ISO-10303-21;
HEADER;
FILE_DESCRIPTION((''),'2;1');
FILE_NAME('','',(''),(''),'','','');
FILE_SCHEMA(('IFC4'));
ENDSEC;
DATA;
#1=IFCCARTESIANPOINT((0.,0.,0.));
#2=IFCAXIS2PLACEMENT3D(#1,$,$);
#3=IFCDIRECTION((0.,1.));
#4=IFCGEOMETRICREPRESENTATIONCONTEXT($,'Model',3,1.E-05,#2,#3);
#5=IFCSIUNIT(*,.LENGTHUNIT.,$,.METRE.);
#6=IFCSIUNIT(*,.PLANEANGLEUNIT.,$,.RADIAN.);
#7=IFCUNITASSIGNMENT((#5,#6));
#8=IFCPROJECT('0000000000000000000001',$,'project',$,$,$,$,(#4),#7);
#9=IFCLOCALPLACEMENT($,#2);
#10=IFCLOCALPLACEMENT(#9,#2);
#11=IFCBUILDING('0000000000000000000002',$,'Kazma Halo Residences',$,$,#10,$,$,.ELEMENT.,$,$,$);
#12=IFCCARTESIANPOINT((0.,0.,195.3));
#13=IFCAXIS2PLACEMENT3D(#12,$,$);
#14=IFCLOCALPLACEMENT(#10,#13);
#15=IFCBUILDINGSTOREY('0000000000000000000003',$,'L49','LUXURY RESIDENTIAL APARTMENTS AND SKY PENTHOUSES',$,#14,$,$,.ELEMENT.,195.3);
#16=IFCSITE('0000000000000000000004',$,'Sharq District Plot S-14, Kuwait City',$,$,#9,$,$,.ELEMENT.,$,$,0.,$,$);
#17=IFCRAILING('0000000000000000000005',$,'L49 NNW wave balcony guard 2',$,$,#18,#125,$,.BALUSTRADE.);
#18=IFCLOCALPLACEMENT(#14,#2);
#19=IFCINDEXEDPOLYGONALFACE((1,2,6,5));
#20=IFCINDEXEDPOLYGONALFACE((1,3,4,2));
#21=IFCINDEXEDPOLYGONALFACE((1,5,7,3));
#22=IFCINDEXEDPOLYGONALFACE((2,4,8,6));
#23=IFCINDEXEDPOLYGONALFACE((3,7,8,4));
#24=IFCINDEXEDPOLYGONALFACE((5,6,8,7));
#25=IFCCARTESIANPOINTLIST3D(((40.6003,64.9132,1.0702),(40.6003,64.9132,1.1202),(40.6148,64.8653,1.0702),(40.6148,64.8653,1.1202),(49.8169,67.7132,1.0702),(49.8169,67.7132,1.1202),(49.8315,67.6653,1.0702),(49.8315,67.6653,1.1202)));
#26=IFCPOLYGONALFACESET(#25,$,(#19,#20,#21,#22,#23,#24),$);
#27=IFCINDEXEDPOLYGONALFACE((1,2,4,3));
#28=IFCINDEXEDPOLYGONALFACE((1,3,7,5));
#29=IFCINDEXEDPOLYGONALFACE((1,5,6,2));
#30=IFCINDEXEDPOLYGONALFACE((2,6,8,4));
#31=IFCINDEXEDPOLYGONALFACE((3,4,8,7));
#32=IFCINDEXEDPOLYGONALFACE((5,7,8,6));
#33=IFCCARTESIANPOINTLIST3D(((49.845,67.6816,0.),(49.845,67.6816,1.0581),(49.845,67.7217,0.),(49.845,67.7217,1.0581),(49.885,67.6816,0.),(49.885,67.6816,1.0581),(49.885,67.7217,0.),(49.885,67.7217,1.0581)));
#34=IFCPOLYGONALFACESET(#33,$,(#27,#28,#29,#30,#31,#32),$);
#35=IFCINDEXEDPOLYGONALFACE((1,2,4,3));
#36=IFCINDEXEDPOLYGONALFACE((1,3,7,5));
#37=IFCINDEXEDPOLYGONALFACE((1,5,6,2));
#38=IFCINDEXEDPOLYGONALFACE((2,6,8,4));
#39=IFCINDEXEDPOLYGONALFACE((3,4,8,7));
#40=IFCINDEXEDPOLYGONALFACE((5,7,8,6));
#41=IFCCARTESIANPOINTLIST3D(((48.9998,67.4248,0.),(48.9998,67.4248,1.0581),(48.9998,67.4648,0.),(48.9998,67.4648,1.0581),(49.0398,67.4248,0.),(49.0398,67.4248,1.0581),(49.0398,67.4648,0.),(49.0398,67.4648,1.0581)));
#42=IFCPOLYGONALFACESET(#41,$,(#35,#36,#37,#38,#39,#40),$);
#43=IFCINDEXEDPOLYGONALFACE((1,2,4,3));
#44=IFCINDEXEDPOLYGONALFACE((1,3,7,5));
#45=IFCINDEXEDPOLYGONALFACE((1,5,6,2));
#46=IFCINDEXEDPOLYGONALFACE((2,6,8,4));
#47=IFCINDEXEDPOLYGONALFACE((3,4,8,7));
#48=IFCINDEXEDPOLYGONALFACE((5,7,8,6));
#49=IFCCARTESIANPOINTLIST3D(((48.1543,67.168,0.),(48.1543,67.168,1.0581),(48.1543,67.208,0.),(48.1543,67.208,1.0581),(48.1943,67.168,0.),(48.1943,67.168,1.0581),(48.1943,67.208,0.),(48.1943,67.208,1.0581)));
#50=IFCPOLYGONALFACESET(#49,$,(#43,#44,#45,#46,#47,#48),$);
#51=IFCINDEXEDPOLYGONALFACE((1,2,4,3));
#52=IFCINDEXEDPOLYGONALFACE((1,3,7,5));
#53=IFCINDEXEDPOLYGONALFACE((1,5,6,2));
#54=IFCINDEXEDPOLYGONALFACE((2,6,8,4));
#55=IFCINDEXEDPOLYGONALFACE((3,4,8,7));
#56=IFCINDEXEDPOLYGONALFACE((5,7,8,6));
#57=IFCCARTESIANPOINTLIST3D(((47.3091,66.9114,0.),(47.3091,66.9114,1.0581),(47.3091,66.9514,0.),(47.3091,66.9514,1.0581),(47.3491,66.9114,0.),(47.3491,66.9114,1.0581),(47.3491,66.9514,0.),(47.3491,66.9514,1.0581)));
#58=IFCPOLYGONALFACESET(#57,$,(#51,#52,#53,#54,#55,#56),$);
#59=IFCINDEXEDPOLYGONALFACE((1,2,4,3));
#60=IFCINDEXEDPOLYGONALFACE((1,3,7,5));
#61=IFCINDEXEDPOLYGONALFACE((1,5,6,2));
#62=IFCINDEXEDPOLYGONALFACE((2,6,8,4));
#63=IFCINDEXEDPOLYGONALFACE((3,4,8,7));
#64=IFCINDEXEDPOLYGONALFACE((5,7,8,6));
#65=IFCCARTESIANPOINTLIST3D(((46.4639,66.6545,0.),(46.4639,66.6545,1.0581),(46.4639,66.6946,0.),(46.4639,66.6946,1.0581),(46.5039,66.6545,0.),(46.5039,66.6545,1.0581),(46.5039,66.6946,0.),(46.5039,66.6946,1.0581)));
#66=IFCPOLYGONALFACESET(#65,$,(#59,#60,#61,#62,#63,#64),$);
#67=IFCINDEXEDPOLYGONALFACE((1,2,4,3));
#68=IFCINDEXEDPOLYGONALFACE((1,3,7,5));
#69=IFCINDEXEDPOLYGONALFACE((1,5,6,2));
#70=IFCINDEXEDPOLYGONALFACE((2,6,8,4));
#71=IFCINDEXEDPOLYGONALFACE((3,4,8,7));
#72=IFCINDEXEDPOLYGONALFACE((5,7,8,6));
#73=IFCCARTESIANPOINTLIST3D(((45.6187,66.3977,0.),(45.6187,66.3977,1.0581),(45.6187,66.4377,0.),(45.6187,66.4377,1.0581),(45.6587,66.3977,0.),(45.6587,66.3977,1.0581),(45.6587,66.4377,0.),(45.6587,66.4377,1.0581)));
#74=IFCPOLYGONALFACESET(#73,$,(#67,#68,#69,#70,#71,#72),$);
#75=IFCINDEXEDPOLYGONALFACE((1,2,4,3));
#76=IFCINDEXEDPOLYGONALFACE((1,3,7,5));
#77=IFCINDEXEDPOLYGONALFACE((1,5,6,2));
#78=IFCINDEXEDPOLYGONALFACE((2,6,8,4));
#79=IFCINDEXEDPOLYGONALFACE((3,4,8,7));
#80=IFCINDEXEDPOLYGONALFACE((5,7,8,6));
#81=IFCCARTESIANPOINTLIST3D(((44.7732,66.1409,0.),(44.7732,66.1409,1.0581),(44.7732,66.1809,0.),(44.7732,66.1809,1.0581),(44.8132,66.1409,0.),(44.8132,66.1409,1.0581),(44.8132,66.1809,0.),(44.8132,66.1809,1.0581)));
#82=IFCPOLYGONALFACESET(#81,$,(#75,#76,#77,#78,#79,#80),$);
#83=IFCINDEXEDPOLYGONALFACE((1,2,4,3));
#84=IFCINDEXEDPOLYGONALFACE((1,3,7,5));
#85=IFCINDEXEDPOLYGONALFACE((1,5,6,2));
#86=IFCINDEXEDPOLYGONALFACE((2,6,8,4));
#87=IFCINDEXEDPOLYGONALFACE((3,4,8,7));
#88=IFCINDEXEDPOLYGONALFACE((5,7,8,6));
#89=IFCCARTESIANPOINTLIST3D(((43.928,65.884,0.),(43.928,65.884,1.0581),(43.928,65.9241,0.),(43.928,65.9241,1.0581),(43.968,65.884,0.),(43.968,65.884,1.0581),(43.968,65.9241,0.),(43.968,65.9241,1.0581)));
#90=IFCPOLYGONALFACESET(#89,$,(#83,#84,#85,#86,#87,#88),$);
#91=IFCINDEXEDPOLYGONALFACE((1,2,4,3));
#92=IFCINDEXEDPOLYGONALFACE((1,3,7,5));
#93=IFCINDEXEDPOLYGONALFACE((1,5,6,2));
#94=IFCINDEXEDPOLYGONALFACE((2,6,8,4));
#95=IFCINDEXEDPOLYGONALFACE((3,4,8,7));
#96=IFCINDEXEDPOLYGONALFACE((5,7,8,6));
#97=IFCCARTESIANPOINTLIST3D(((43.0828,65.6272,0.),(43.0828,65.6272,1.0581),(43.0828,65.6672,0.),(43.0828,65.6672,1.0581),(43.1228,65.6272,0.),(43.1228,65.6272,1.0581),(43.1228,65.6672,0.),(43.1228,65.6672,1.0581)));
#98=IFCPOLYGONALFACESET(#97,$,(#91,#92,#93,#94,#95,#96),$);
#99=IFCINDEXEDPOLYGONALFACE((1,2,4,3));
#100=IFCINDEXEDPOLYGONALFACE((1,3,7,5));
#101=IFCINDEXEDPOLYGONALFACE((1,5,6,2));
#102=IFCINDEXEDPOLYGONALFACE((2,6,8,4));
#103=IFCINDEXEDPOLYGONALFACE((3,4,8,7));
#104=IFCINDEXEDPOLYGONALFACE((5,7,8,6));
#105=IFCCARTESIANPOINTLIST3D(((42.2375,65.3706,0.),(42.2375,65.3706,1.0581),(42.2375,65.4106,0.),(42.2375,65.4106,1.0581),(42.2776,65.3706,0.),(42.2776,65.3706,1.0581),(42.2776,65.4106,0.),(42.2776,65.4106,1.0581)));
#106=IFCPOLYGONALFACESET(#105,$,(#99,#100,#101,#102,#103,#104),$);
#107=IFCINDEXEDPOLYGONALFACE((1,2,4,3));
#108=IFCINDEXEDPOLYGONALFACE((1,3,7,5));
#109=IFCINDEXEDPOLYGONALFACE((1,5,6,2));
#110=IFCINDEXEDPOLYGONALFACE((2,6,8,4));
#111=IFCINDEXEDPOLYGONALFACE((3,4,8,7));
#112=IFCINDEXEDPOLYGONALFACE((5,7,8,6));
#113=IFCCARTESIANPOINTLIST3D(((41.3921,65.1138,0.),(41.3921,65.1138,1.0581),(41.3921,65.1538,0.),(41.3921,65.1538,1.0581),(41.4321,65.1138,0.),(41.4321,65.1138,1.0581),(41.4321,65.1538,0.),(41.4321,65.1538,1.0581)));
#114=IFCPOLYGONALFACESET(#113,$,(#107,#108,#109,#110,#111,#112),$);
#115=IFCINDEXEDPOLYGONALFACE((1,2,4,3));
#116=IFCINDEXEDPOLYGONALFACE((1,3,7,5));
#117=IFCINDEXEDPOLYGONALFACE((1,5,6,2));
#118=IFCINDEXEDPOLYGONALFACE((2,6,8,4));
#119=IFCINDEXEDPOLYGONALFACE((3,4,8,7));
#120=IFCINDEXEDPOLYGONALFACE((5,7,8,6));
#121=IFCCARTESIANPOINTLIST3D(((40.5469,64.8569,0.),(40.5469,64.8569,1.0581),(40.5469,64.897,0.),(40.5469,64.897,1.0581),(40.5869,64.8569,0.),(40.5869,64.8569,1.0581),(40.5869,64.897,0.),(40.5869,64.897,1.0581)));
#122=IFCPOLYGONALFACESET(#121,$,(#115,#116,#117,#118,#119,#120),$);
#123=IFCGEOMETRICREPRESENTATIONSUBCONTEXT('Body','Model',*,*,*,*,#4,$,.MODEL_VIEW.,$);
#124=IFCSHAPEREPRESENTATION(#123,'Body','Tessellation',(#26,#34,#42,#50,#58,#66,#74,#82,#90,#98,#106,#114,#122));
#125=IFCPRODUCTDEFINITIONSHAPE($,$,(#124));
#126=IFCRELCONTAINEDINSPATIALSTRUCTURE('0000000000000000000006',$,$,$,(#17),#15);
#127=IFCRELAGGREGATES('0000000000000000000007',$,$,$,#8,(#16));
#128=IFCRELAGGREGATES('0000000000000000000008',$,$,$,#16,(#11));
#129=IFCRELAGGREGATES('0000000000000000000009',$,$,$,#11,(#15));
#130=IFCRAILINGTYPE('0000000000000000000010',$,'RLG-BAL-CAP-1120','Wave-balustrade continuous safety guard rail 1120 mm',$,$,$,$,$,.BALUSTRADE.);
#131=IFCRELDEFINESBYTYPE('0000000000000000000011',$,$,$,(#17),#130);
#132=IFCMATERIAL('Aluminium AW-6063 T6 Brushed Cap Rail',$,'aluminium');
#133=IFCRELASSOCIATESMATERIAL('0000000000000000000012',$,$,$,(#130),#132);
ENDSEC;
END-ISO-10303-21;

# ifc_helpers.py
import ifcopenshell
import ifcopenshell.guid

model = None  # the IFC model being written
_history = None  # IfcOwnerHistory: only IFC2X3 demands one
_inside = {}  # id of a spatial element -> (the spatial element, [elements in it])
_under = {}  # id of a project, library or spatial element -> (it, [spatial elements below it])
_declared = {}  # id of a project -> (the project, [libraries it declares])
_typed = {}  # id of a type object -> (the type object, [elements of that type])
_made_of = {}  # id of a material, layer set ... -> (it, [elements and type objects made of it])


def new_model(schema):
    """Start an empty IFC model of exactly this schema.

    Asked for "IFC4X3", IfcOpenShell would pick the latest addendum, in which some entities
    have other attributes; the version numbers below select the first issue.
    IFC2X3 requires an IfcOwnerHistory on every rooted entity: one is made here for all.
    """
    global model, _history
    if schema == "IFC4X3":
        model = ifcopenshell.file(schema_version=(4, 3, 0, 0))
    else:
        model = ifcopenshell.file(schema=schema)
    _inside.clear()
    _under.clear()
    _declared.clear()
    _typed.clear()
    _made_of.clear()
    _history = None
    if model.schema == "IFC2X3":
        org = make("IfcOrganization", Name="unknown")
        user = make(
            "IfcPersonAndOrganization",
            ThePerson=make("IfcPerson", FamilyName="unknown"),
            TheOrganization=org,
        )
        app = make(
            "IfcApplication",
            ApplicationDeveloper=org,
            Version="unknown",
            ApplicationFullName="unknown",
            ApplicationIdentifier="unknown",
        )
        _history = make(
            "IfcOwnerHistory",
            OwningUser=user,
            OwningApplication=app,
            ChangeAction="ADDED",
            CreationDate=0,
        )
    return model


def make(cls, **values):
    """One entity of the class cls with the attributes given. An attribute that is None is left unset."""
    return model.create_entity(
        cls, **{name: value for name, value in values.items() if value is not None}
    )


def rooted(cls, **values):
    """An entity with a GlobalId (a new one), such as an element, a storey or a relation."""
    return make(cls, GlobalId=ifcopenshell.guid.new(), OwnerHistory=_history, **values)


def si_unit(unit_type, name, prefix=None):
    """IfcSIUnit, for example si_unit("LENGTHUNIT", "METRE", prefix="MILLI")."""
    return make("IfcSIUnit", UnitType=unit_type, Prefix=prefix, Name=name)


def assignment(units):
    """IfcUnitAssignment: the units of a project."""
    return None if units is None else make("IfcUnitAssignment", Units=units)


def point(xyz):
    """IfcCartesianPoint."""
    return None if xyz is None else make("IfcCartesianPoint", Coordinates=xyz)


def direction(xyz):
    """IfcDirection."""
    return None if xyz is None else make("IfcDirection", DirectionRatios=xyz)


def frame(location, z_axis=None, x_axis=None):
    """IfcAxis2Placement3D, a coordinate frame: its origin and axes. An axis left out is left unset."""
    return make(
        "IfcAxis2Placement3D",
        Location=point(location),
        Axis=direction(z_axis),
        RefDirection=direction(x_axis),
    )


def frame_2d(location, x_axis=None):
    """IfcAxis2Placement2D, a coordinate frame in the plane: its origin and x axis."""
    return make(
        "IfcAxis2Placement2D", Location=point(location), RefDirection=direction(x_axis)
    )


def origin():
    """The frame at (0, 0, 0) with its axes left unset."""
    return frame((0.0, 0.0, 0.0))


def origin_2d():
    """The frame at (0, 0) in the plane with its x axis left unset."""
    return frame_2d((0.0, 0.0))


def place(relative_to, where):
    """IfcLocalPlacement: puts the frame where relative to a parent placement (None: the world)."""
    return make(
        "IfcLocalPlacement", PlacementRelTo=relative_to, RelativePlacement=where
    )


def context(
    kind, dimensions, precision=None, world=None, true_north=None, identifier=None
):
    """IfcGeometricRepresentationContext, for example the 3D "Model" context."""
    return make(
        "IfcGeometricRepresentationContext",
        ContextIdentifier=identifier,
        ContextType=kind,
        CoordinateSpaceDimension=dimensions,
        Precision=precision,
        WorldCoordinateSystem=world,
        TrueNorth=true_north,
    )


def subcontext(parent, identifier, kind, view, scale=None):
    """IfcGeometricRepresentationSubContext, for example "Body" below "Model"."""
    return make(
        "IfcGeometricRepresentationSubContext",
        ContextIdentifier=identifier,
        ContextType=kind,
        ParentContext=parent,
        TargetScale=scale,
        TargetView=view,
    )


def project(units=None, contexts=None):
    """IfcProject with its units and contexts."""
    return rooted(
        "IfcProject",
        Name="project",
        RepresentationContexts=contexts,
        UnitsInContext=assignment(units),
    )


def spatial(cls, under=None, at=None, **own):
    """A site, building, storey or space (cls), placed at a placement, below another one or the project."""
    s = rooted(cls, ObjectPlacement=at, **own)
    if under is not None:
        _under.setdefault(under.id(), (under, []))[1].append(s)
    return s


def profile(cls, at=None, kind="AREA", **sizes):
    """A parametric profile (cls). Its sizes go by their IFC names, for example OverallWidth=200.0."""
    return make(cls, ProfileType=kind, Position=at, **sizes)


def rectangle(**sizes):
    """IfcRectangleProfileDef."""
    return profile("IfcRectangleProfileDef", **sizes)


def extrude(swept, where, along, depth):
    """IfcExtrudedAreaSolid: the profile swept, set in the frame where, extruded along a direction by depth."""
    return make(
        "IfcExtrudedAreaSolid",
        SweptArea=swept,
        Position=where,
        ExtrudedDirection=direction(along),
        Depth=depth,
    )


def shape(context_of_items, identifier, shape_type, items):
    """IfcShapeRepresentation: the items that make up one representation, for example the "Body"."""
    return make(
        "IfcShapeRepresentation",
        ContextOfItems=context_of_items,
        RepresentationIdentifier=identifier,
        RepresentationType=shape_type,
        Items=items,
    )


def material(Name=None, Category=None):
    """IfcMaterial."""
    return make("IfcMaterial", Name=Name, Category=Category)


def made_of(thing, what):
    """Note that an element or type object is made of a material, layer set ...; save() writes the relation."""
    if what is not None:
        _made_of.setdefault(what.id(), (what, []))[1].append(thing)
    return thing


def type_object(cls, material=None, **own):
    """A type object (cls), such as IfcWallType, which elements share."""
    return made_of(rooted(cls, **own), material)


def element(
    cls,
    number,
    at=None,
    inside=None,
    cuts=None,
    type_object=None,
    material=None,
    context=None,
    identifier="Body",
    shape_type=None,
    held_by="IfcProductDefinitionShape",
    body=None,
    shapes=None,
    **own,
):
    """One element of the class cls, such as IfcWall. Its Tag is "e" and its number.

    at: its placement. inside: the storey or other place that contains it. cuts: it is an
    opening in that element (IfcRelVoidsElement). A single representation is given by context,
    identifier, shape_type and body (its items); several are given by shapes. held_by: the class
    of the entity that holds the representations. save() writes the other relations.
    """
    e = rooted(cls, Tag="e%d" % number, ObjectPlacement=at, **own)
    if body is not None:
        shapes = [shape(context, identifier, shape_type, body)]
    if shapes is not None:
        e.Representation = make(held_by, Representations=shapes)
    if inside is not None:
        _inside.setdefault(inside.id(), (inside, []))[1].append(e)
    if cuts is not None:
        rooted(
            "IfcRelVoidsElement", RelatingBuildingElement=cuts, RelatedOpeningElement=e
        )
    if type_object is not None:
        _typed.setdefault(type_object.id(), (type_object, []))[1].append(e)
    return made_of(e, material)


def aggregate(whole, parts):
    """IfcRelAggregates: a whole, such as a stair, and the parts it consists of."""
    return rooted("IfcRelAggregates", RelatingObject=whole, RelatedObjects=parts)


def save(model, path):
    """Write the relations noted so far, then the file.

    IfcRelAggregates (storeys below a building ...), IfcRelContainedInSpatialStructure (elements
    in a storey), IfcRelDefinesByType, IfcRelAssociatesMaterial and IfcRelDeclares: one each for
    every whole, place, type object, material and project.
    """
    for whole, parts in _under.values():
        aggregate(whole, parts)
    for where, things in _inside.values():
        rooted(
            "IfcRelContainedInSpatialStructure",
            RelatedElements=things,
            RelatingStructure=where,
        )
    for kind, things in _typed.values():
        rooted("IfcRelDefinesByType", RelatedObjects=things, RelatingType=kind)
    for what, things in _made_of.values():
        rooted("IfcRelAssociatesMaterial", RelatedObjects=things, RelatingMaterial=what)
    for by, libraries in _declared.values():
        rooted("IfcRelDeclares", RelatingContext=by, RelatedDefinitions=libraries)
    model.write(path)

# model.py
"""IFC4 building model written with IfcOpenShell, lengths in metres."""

from ifc_helpers import new_model, si_unit, direction, frame, origin, origin_2d, place, context, subcontext, project, spatial, rectangle, extrude, material, type_object, element, save


model = new_model("IFC4")

# Units and contexts
model_context = context("Model", 3, precision=1e-05, world=origin(), true_north=direction((0.0, 1.0)))
body_context = subcontext(model_context, "Body", "Model", "MODEL_VIEW")
ifc_project = project(units=[si_unit("LENGTHUNIT", "METRE"), si_unit("PLANEANGLEUNIT", "RADIAN")], contexts=[model_context])

# Site, building, storey
site_placement = place(None, origin())
site = spatial("IfcSite", under=ifc_project, at=site_placement, Name="Sharq District Plot S-14, Kuwait City", CompositionType="ELEMENT", RefElevation=0.0)
building_placement = place(site_placement, origin())
building = spatial("IfcBuilding", under=site, at=building_placement, Name="Kazma Halo Residences", CompositionType="ELEMENT")
storey_placement = place(building_placement, frame((0.0, 0.0, 195.3)))
storey = spatial("IfcBuildingStorey", under=building, at=storey_placement, Name="L49", Description="LUXURY RESIDENTIAL APARTMENTS AND SKY PENTHOUSES", CompositionType="ELEMENT", Elevation=195.3)

# Railing
ifc_material_1 = material(Name="Aluminium AW-6063 T6 Brushed Cap Rail", Category="aluminium")
railing_type = type_object("IfcRailingType", Name="RLG-BAL-CAP-1120", Description="Wave-balustrade continuous safety guard rail 1120 mm", PredefinedType="BALUSTRADE", material=ifc_material_1)
railing_1_placement = place(storey_placement, frame((49.865, 67.7017, 0.0)))
element("IfcRailing", 1, at=railing_1_placement, inside=storey, type_object=railing_type, Name="L49 NNW wave balcony guard 2", PredefinedType="BALUSTRADE", context=body_context, shape_type="SweptSolid", body=[
    extrude(rectangle(XDim=0.05, YDim=0.05, at=origin_2d()), frame((-0.0408, -0.0125, 1.0952), z_axis=(-0.956821, -0.290677, 0.0), x_axis=(0.290677, -0.956821, 0.0)), (0.0, 0.0, 1.0), 9.6326),
    extrude(rectangle(XDim=0.04, YDim=0.04, at=origin_2d()), origin(), (0.0, 0.0, 1.0), 1.0581),
    extrude(rectangle(XDim=0.04, YDim=0.04, at=origin_2d()), frame((-0.8452, -0.2568, 0.0)), (0.0, 0.0, 1.0), 1.0581),
    extrude(rectangle(XDim=0.04, YDim=0.04, at=origin_2d()), frame((-1.6907, -0.5137, 0.0)), (0.0, 0.0, 1.0), 1.0581),
    extrude(rectangle(XDim=0.04, YDim=0.04, at=origin_2d()), frame((-2.5359, -0.7703, 0.0)), (0.0, 0.0, 1.0), 1.0581),
    extrude(rectangle(XDim=0.04, YDim=0.04, at=origin_2d()), frame((-3.3811, -1.0271, 0.0)), (0.0, 0.0, 1.0), 1.0581),
    extrude(rectangle(XDim=0.04, YDim=0.04, at=origin_2d()), frame((-4.2263, -1.2839, 0.0)), (0.0, 0.0, 1.0), 1.0581),
    extrude(rectangle(XDim=0.04, YDim=0.04, at=origin_2d()), frame((-5.0718, -1.5408, 0.0)), (0.0, 0.0, 1.0), 1.0581),
    extrude(rectangle(XDim=0.04, YDim=0.04, at=origin_2d()), frame((-5.917, -1.7976, 0.0)), (0.0, 0.0, 1.0), 1.0581),
    extrude(rectangle(XDim=0.04, YDim=0.04, at=origin_2d()), frame((-6.7622, -2.0544, 0.0)), (0.0, 0.0, 1.0), 1.0581),
    extrude(rectangle(XDim=0.04, YDim=0.04, at=origin_2d()), frame((-7.6074, -2.311, 0.0)), (0.0, 0.0, 1.0), 1.0581),
    extrude(rectangle(XDim=0.04, YDim=0.04, at=origin_2d()), frame((-8.4529, -2.5679, 0.0)), (0.0, 0.0, 1.0), 1.0581),
    extrude(rectangle(XDim=0.04, YDim=0.04, at=origin_2d()), frame((-9.2981, -2.8247, 0.0)), (0.0, 0.0, 1.0), 1.0581),
])

save(model, "model.ifc")
